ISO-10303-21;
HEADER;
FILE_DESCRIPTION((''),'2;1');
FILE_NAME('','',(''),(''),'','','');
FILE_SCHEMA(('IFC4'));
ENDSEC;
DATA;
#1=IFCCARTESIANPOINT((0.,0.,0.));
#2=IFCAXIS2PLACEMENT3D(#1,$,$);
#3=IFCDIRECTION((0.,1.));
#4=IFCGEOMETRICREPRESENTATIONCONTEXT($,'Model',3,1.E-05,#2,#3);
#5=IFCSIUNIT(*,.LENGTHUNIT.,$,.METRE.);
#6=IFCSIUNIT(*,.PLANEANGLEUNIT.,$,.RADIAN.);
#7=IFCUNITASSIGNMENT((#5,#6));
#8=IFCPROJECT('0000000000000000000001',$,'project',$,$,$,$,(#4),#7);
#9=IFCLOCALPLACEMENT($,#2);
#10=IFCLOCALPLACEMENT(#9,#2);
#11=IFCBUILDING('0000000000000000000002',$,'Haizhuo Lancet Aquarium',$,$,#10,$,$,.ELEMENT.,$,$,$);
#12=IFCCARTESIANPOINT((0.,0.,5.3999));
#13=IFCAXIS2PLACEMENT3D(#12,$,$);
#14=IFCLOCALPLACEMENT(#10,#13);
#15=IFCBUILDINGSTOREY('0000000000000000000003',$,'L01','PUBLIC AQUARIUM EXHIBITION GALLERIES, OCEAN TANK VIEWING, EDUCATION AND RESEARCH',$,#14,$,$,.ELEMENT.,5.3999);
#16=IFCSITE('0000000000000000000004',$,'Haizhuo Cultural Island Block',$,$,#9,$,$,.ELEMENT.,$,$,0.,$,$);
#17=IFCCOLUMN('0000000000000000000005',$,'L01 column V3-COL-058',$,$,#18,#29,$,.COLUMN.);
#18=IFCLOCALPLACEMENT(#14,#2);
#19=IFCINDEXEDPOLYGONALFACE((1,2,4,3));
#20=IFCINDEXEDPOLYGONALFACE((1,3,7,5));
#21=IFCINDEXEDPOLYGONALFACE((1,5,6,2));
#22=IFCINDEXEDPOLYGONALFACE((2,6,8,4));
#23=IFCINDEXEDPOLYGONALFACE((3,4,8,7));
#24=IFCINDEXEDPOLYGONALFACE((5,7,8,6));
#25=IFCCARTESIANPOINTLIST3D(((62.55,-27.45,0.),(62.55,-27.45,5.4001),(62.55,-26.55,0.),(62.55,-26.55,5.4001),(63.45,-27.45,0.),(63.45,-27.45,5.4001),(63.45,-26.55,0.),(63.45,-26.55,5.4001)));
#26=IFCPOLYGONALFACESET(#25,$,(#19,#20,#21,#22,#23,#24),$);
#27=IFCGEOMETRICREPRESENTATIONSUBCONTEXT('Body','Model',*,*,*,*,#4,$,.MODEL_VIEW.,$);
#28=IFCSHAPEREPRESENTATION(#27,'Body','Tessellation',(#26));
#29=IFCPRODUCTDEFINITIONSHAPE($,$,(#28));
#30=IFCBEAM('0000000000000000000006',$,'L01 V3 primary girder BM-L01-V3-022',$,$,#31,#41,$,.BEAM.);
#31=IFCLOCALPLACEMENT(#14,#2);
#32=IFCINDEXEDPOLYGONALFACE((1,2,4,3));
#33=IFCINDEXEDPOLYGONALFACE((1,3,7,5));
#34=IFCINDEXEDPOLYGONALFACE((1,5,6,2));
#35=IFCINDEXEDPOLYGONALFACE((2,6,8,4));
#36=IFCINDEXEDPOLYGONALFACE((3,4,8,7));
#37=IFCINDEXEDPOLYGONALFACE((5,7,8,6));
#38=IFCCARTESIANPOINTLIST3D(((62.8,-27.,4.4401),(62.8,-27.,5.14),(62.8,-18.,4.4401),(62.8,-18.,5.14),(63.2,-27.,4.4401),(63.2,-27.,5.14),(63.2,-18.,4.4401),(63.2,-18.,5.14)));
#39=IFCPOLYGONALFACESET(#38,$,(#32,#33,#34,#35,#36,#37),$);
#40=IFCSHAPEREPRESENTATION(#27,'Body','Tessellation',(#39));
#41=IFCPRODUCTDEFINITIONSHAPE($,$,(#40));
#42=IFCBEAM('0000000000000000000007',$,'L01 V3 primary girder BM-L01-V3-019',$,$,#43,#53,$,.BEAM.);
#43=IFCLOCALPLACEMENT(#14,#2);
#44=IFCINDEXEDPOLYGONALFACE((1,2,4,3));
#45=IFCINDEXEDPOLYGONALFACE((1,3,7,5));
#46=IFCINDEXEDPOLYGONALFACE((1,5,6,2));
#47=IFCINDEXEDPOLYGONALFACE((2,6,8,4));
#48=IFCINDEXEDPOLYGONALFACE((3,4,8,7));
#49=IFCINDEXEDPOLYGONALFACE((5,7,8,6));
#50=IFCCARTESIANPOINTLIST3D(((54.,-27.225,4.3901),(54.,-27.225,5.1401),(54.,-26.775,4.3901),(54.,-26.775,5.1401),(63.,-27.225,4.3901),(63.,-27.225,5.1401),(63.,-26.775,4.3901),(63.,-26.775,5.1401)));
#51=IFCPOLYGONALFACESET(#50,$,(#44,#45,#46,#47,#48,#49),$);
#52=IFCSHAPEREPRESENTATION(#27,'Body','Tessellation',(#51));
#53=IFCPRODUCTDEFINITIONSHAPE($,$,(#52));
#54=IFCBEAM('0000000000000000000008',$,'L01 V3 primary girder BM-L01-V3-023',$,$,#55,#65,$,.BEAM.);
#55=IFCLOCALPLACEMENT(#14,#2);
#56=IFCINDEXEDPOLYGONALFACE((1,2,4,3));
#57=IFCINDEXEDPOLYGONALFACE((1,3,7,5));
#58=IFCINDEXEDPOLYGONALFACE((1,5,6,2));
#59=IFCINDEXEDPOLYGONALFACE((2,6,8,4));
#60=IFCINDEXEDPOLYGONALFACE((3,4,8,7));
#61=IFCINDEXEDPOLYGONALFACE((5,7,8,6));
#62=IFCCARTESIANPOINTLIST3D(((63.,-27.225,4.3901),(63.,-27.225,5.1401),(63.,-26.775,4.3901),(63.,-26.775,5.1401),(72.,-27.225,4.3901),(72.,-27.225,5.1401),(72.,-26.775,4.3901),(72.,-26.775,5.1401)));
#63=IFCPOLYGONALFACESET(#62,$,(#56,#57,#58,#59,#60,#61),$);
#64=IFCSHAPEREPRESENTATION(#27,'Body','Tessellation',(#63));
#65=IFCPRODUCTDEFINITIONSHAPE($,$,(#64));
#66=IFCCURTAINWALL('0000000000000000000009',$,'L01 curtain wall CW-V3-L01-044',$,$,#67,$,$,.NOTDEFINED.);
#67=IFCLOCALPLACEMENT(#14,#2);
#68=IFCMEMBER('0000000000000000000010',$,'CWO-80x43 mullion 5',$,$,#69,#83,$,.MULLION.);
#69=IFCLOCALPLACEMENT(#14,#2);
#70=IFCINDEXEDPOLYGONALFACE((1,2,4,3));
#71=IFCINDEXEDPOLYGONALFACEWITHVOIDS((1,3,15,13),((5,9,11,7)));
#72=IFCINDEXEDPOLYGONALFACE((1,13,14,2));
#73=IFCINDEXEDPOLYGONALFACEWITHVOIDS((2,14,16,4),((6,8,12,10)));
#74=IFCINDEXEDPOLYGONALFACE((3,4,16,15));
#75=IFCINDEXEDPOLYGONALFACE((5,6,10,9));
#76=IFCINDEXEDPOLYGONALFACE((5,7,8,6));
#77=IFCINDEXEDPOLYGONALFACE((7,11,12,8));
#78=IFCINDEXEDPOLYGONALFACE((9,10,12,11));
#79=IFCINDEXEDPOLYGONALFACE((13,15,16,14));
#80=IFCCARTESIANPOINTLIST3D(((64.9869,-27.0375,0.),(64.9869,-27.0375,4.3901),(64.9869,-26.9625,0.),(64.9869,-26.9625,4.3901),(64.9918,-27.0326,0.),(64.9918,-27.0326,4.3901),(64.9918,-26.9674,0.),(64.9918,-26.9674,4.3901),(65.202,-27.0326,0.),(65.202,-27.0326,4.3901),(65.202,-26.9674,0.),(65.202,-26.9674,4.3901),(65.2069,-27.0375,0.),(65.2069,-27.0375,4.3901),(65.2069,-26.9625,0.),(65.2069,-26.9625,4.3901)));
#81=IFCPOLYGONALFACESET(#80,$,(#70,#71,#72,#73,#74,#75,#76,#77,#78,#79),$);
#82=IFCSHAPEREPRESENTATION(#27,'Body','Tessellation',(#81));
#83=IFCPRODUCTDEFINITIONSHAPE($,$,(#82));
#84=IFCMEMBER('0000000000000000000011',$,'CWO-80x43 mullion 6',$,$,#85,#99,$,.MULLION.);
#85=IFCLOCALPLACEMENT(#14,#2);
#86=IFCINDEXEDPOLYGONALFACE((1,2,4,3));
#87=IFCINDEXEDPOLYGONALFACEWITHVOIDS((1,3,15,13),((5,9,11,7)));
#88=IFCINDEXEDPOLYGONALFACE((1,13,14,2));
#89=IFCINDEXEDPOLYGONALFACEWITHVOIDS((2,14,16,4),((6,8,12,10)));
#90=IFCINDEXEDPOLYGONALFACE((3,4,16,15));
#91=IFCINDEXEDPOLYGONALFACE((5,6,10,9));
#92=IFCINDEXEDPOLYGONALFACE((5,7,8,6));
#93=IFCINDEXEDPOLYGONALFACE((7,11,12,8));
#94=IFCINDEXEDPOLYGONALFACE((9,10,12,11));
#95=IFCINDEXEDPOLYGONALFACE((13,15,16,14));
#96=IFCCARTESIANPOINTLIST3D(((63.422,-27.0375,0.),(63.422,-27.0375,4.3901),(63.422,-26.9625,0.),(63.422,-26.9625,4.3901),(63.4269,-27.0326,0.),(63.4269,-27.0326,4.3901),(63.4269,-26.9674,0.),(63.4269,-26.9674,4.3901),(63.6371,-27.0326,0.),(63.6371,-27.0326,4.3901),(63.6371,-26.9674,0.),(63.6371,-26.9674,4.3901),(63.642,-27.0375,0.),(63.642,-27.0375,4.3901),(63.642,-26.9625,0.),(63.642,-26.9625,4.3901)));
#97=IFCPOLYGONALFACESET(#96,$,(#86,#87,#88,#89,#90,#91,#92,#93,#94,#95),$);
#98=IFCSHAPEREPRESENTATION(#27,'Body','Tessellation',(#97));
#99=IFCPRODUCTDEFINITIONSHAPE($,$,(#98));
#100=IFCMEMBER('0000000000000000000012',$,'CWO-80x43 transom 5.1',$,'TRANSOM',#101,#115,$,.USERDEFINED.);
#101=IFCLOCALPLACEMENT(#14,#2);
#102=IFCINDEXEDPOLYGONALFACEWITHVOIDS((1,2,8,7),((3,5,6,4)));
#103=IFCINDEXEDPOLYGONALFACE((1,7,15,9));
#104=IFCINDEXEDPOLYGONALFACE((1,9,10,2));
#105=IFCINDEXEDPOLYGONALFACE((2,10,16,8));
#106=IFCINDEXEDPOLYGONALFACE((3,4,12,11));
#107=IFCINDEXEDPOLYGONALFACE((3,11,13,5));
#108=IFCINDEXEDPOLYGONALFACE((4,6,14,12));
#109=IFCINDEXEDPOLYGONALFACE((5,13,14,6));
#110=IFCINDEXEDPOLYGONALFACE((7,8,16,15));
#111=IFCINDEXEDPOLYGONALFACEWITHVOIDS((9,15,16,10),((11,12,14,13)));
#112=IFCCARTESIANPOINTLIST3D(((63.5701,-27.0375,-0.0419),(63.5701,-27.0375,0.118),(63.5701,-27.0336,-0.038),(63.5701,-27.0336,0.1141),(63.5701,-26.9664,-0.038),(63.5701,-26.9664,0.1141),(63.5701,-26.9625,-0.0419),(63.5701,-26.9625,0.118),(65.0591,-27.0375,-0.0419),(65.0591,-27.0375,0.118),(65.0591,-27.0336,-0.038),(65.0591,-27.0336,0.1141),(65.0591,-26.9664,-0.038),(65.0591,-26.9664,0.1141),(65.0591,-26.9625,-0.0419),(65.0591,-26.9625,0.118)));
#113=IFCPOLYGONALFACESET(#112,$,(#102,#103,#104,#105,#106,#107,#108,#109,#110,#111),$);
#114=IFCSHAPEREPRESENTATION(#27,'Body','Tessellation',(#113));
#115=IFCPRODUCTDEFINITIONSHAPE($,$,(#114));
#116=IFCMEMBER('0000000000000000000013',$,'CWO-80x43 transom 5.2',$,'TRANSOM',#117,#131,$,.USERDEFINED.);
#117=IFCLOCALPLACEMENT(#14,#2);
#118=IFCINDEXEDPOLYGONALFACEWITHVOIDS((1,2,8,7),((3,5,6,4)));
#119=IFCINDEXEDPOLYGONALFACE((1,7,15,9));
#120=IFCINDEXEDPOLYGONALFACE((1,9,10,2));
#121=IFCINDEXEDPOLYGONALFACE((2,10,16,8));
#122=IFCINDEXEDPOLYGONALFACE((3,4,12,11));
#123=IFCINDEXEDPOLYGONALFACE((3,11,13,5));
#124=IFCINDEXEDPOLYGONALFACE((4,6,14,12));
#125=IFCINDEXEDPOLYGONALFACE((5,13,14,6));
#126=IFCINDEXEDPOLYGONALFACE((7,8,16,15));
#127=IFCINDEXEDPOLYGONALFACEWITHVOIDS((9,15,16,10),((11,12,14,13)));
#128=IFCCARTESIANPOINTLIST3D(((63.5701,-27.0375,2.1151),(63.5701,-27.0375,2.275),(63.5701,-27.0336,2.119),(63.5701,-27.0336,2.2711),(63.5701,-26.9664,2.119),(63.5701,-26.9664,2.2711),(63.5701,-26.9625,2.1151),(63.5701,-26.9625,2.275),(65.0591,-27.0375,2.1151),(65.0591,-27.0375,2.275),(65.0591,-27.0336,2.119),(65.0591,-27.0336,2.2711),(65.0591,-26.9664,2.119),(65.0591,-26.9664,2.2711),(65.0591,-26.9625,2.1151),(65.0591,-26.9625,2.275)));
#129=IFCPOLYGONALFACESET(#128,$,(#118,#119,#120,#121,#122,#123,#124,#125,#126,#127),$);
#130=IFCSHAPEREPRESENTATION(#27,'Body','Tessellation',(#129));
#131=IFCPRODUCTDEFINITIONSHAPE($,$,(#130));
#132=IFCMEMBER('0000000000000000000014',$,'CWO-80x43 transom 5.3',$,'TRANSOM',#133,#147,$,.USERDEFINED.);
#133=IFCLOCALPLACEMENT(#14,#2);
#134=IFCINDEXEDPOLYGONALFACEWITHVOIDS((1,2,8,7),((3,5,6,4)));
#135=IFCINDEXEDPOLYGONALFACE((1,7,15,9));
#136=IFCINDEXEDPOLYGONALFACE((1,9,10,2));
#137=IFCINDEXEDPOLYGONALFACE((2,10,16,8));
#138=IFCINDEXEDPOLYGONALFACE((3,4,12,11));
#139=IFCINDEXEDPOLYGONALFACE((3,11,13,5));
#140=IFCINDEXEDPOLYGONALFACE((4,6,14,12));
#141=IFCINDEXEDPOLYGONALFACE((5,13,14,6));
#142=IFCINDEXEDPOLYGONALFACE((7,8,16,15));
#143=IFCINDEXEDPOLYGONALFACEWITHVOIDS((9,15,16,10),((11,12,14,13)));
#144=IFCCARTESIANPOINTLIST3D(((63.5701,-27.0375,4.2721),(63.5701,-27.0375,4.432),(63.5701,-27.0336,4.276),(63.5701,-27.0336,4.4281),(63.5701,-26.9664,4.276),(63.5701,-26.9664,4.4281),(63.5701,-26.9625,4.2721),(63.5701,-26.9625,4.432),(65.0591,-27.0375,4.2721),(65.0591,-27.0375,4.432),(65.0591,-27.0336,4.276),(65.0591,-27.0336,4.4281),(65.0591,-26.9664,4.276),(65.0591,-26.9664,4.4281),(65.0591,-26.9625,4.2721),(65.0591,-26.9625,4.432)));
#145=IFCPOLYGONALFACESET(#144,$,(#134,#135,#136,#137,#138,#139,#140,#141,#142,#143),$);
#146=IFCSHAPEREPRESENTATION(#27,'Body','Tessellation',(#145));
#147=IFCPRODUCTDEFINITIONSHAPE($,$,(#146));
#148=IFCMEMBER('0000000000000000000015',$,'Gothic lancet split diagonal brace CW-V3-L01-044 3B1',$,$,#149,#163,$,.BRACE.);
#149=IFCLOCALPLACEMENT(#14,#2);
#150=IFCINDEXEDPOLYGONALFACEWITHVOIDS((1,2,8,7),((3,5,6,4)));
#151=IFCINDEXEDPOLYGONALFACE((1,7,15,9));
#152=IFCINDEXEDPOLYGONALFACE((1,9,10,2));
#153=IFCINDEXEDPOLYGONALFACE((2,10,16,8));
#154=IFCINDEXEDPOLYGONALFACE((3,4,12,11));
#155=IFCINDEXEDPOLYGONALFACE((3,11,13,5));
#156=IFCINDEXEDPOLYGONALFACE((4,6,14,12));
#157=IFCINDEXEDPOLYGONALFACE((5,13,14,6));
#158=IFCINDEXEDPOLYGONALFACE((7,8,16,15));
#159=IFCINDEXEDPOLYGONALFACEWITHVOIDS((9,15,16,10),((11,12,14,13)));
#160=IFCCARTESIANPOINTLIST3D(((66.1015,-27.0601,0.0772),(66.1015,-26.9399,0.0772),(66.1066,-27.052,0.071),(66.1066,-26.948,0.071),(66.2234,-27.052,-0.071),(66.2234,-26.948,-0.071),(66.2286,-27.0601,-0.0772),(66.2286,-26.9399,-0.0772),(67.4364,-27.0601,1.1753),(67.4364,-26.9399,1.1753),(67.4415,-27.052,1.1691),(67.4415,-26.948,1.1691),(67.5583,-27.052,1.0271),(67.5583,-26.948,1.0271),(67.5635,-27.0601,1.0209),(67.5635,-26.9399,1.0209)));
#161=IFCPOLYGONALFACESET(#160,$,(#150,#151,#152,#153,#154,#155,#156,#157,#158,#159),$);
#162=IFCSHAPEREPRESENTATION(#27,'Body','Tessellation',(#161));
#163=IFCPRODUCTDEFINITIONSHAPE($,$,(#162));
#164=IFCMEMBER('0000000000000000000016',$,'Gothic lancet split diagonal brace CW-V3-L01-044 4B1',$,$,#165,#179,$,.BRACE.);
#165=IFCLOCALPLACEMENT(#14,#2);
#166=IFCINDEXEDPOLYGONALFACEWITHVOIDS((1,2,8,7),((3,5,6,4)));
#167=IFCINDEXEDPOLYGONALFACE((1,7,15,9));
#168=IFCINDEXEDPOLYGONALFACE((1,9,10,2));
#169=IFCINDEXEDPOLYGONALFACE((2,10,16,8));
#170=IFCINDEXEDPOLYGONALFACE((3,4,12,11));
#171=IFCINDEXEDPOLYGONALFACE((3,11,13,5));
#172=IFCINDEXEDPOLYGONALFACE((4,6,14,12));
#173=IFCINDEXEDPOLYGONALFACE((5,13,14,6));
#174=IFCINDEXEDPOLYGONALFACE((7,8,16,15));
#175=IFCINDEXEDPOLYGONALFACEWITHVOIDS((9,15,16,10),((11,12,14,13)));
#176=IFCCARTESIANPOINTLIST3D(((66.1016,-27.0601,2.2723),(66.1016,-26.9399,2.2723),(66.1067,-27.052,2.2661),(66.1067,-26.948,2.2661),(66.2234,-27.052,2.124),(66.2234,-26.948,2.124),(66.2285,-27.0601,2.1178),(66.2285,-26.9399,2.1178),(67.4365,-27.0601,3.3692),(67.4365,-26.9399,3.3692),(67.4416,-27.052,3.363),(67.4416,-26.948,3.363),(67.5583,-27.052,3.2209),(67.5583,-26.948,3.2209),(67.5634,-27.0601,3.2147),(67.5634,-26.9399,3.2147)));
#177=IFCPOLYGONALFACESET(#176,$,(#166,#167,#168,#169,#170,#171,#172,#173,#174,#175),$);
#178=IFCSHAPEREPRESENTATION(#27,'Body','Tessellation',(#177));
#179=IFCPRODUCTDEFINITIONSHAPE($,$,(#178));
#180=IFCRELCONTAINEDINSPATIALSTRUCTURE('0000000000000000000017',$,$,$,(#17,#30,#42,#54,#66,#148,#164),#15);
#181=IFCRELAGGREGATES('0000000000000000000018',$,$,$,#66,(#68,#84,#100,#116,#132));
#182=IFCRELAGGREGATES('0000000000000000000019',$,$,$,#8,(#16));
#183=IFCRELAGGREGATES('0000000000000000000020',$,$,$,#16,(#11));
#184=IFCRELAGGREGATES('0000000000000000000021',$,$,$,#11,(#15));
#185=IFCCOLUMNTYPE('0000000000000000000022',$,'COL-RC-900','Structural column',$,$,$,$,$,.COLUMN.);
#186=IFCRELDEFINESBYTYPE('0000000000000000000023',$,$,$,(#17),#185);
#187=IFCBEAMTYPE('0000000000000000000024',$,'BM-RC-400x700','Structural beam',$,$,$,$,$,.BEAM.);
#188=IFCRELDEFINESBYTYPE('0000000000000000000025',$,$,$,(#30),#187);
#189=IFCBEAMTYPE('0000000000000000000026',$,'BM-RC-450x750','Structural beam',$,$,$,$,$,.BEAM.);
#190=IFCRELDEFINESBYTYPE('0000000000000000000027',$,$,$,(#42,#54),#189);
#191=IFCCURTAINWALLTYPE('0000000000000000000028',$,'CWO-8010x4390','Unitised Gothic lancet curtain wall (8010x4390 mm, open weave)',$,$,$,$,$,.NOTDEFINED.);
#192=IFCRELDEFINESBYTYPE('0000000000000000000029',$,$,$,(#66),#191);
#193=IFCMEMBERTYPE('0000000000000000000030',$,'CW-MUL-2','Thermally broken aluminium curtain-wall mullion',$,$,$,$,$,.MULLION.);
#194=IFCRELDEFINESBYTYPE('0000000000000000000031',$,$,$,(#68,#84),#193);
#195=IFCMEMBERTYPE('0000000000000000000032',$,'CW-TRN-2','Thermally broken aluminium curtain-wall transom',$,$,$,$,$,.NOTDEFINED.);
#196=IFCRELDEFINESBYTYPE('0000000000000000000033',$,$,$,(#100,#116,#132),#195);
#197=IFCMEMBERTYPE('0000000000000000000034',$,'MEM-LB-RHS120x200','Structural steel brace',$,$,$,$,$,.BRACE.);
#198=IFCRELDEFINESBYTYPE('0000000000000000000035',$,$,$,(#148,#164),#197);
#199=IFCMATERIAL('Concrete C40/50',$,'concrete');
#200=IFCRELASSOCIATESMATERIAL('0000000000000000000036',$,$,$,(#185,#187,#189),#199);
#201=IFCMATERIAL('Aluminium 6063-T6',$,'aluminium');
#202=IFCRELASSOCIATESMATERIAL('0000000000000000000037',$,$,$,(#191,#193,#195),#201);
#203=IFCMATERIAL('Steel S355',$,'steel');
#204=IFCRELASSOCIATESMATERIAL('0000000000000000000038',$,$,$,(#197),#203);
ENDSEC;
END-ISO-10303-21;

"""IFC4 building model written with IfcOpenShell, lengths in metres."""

from ifc_helpers import new_model, si_unit, direction, frame, origin, origin_2d, place, context, subcontext, project, spatial, rectangle, hollow_rectangle, extrude, material, material_profile, profile_set, type_object, element, aggregate, save


model = new_model("IFC4")

# Units and contexts
model_context = context("Model", 3, precision=1e-05, world=origin(), true_north=direction((0.0, 1.0)))
body_context = subcontext(model_context, "Body", "Model", "MODEL_VIEW")
ifc_project = project(units=[si_unit("LENGTHUNIT", "METRE"), si_unit("PLANEANGLEUNIT", "RADIAN")], contexts=[model_context])

# Site, building, storey
site_placement = place(None, origin())
site = spatial("IfcSite", under=ifc_project, at=site_placement, Name="Haizhuo Cultural Island Block", CompositionType="ELEMENT", RefElevation=0.0)
building_placement = place(site_placement, origin())
building = spatial("IfcBuilding", under=site, at=building_placement, Name="Haizhuo Lancet Aquarium", CompositionType="ELEMENT")
storey_placement = place(building_placement, frame((0.0, 0.0, 5.3999)))
storey = spatial("IfcBuildingStorey", under=building, at=storey_placement, Name="L01", Description="PUBLIC AQUARIUM EXHIBITION GALLERIES, OCEAN TANK VIEWING, EDUCATION AND RESEARCH", CompositionType="ELEMENT", Elevation=5.3999)

# Column
ifc_material_1 = material(Name="Concrete C40/50", Category="concrete")
ifc_material_profile_1 = material_profile(ifc_material_1, rectangle(XDim=0.8999, YDim=0.8999, at=origin_2d()), Name="RC-COL 900x900")
ifc_profile_set_1 = profile_set([ifc_material_profile_1], Name="Concrete C40/50")
column_type = type_object("IfcColumnType", Name="COL-RC-900", Description="Structural column", PredefinedType="COLUMN", material=ifc_profile_set_1)
column_placement = place(storey_placement, frame((63.0, -27.0, 0.0), z_axis=(0.0, 0.0, 1.0), x_axis=(1.0, 0.0, 0.0)))
element("IfcColumn", 1, at=column_placement, inside=storey, type_object=column_type, Name="L01 column V3-COL-058", PredefinedType="COLUMN", context=body_context, shape_type="SweptSolid", body=[
    extrude(rectangle(XDim=0.8999, YDim=0.8999, at=origin_2d()), origin(), (0.0, 0.0, 1.0), 5.4001),
])

# Beams
ifc_material_profile_2 = material_profile(ifc_material_1, rectangle(XDim=0.3999, YDim=0.7, at=origin_2d()), Name="RC-BM 400x700")
ifc_profile_set_2 = profile_set([ifc_material_profile_2], Name="Concrete C40/50")
beam_type_1 = type_object("IfcBeamType", Name="BM-RC-400x700", Description="Structural beam", PredefinedType="BEAM", material=ifc_profile_set_2)
beam_placement = place(storey_placement, frame((63.0, -27.0, 4.79), z_axis=(0.0, 1.0, 0.0), x_axis=(-1.0, 0.0, 0.0)))
element("IfcBeam", 2, at=beam_placement, inside=storey, type_object=beam_type_1, Name="L01 V3 primary girder BM-L01-V3-022", PredefinedType="BEAM", context=body_context, shape_type="SweptSolid", body=[
    extrude(rectangle(XDim=0.3999, YDim=0.7, at=origin_2d()), origin(), (0.0, 0.0, 1.0), 9.0),
])
ifc_material_profile_3 = material_profile(ifc_material_1, rectangle(XDim=0.45, YDim=0.75, at=origin_2d()), Name="RC-BM 450x750")
ifc_profile_set_3 = profile_set([ifc_material_profile_3], Name="Concrete C40/50")
beam_type_2 = type_object("IfcBeamType", Name="BM-RC-450x750", Description="Structural beam", PredefinedType="BEAM", material=ifc_profile_set_3)
for number, where, z_axis, x_axis, name in (
    (3, (54.0, -27.0, 4.7651), (1.0, 0.0, 0.0), (0.0, 1.0, 0.0), "L01 V3 primary girder BM-L01-V3-019"),
    (4, (63.0, -27.0, 4.7651), (1.0, 0.0, 0.0), (0.0, 1.0, 0.0), "L01 V3 primary girder BM-L01-V3-023"),
):
    element("IfcBeam", number, at=place(storey_placement, frame(where, z_axis=z_axis, x_axis=x_axis)), inside=storey, type_object=beam_type_2, Name=name, PredefinedType="BEAM", context=body_context, shape_type="SweptSolid", body=[
        extrude(rectangle(XDim=0.45, YDim=0.75, at=origin_2d()), origin(), (0.0, 0.0, 1.0), 9.0),
    ])

# Curtain wall, members
ifc_material_2 = material(Name="Aluminium 6063-T6", Category="aluminium")
curtain_wall_type = type_object("IfcCurtainWallType", Name="CWO-8010x4390", Description="Unitised Gothic lancet curtain wall (8010x4390 mm, open weave)", PredefinedType="NOTDEFINED", material=ifc_material_2)
curtain_wall_placement = place(storey_placement, origin())
curtain_wall = element("IfcCurtainWall", 5, at=curtain_wall_placement, inside=storey, type_object=curtain_wall_type, Name="L01 curtain wall CW-V3-L01-044", PredefinedType="NOTDEFINED")
ifc_material_profile_4 = material_profile(ifc_material_2, hollow_rectangle(XDim=0.075, YDim=0.22, WallThickness=0.0049, at=origin_2d()), Name="ALU-M 75x220x5")
ifc_profile_set_4 = profile_set([ifc_material_profile_4], Name="Aluminium 6063-T6")
member_type_1 = type_object("IfcMemberType", Name="CW-MUL-2", Description="Thermally broken aluminium curtain-wall mullion", PredefinedType="MULLION", material=ifc_profile_set_4)
member_1_placement = place(storey_placement, frame((65.0969, -27.0, 0.0), z_axis=(0.0, 0.0, 1.0), x_axis=(0.0, -1.0, 0.0)))
member_1 = element("IfcMember", 6, at=member_1_placement, type_object=member_type_1, Name="CWO-80x43 mullion 5", PredefinedType="MULLION", context=body_context, shape_type="SweptSolid", body=[
    extrude(hollow_rectangle(XDim=0.075, YDim=0.22, WallThickness=0.0049, at=origin_2d()), origin(), (0.0, 0.0, 1.0), 4.3901),
])
member_2_placement = place(storey_placement, frame((63.532, -27.0, 0.0), z_axis=(0.0, 0.0, 1.0), x_axis=(0.0, -1.0, 0.0)))
member_2 = element("IfcMember", 7, at=member_2_placement, type_object=member_type_1, Name="CWO-80x43 mullion 6", PredefinedType="MULLION", context=body_context, shape_type="SweptSolid", body=[
    extrude(hollow_rectangle(XDim=0.075, YDim=0.22, WallThickness=0.0049, at=origin_2d()), origin(), (0.0, 0.0, 1.0), 4.3901),
])
ifc_material_profile_5 = material_profile(ifc_material_2, hollow_rectangle(XDim=0.075, YDim=0.1599, WallThickness=0.0039, at=origin_2d()), Name="ALU-T 75x160x4")
ifc_profile_set_5 = profile_set([ifc_material_profile_5], Name="Aluminium 6063-T6")
member_type_2 = type_object("IfcMemberType", Name="CW-TRN-2", Description="Thermally broken aluminium curtain-wall transom", PredefinedType="NOTDEFINED", material=ifc_profile_set_5)
member_3_placement = place(storey_placement, frame((65.0591, -27.0, 0.0381), z_axis=(-1.0, 0.0, 0.0), x_axis=(0.0, -1.0, 0.0)))
member_3 = element("IfcMember", 8, at=member_3_placement, type_object=member_type_2, Name="CWO-80x43 transom 5.1", ObjectType="TRANSOM", PredefinedType="USERDEFINED", context=body_context, shape_type="SweptSolid", body=[
    extrude(hollow_rectangle(XDim=0.075, YDim=0.1599, WallThickness=0.0039, at=origin_2d()), origin(), (0.0, 0.0, 1.0), 1.489),
])
member_4_placement = place(storey_placement, frame((65.0591, -27.0, 2.1951), z_axis=(-1.0, 0.0, 0.0), x_axis=(0.0, -1.0, 0.0)))
member_4 = element("IfcMember", 9, at=member_4_placement, type_object=member_type_2, Name="CWO-80x43 transom 5.2", ObjectType="TRANSOM", PredefinedType="USERDEFINED", context=body_context, shape_type="SweptSolid", body=[
    extrude(hollow_rectangle(XDim=0.075, YDim=0.1599, WallThickness=0.0039, at=origin_2d()), origin(), (0.0, 0.0, 1.0), 1.489),
])
member_5_placement = place(storey_placement, frame((65.0591, -27.0, 4.3521), z_axis=(-1.0, 0.0, 0.0), x_axis=(0.0, -1.0, 0.0)))
member_5 = element("IfcMember", 10, at=member_5_placement, type_object=member_type_2, Name="CWO-80x43 transom 5.3", ObjectType="TRANSOM", PredefinedType="USERDEFINED", context=body_context, shape_type="SweptSolid", body=[
    extrude(hollow_rectangle(XDim=0.075, YDim=0.1599, WallThickness=0.0039, at=origin_2d()), origin(), (0.0, 0.0, 1.0), 1.489),
])

# Members
ifc_material_3 = material(Name="Steel S355", Category="steel")
ifc_material_profile_6 = material_profile(ifc_material_3, hollow_rectangle(XDim=0.1201, YDim=0.2, WallThickness=0.0081, at=origin_2d()), Name="RHS 120x200x8")
ifc_profile_set_6 = profile_set([ifc_material_profile_6], Name="Steel S355")
member_type_3 = type_object("IfcMemberType", Name="MEM-LB-RHS120x200", Description="Structural steel brace", PredefinedType="BRACE", material=ifc_profile_set_6)
member_6_placement = place(storey_placement, frame((66.165, -27.0, 0.0), z_axis=(0.772281, 0.0, 0.635281), x_axis=(0.0, 1.0, 0.0)))
element("IfcMember", 11, at=member_6_placement, inside=storey, type_object=member_type_3, Name="Gothic lancet split diagonal brace CW-V3-L01-044 3B1", PredefinedType="BRACE", context=body_context, shape_type="SweptSolid", body=[
    extrude(hollow_rectangle(XDim=0.1201, YDim=0.2, WallThickness=0.0081, at=origin_2d()), origin(), (0.0, 0.0, 1.0), 1.7285),
])
member_7_placement = place(storey_placement, frame((66.165, -27.0, 2.1951), z_axis=(0.772627, 0.0, 0.63486), x_axis=(0.0, 1.0, 0.0)))
element("IfcMember", 12, at=member_7_placement, inside=storey, type_object=member_type_3, Name="Gothic lancet split diagonal brace CW-V3-L01-044 4B1", PredefinedType="BRACE", context=body_context, shape_type="SweptSolid", body=[
    extrude(hollow_rectangle(XDim=0.1201, YDim=0.2, WallThickness=0.0081, at=origin_2d()), origin(), (0.0, 0.0, 1.0), 1.7278),
])

aggregate(curtain_wall, [member_1, member_2, member_3, member_4, member_5])

save(model, "model.ifc")
